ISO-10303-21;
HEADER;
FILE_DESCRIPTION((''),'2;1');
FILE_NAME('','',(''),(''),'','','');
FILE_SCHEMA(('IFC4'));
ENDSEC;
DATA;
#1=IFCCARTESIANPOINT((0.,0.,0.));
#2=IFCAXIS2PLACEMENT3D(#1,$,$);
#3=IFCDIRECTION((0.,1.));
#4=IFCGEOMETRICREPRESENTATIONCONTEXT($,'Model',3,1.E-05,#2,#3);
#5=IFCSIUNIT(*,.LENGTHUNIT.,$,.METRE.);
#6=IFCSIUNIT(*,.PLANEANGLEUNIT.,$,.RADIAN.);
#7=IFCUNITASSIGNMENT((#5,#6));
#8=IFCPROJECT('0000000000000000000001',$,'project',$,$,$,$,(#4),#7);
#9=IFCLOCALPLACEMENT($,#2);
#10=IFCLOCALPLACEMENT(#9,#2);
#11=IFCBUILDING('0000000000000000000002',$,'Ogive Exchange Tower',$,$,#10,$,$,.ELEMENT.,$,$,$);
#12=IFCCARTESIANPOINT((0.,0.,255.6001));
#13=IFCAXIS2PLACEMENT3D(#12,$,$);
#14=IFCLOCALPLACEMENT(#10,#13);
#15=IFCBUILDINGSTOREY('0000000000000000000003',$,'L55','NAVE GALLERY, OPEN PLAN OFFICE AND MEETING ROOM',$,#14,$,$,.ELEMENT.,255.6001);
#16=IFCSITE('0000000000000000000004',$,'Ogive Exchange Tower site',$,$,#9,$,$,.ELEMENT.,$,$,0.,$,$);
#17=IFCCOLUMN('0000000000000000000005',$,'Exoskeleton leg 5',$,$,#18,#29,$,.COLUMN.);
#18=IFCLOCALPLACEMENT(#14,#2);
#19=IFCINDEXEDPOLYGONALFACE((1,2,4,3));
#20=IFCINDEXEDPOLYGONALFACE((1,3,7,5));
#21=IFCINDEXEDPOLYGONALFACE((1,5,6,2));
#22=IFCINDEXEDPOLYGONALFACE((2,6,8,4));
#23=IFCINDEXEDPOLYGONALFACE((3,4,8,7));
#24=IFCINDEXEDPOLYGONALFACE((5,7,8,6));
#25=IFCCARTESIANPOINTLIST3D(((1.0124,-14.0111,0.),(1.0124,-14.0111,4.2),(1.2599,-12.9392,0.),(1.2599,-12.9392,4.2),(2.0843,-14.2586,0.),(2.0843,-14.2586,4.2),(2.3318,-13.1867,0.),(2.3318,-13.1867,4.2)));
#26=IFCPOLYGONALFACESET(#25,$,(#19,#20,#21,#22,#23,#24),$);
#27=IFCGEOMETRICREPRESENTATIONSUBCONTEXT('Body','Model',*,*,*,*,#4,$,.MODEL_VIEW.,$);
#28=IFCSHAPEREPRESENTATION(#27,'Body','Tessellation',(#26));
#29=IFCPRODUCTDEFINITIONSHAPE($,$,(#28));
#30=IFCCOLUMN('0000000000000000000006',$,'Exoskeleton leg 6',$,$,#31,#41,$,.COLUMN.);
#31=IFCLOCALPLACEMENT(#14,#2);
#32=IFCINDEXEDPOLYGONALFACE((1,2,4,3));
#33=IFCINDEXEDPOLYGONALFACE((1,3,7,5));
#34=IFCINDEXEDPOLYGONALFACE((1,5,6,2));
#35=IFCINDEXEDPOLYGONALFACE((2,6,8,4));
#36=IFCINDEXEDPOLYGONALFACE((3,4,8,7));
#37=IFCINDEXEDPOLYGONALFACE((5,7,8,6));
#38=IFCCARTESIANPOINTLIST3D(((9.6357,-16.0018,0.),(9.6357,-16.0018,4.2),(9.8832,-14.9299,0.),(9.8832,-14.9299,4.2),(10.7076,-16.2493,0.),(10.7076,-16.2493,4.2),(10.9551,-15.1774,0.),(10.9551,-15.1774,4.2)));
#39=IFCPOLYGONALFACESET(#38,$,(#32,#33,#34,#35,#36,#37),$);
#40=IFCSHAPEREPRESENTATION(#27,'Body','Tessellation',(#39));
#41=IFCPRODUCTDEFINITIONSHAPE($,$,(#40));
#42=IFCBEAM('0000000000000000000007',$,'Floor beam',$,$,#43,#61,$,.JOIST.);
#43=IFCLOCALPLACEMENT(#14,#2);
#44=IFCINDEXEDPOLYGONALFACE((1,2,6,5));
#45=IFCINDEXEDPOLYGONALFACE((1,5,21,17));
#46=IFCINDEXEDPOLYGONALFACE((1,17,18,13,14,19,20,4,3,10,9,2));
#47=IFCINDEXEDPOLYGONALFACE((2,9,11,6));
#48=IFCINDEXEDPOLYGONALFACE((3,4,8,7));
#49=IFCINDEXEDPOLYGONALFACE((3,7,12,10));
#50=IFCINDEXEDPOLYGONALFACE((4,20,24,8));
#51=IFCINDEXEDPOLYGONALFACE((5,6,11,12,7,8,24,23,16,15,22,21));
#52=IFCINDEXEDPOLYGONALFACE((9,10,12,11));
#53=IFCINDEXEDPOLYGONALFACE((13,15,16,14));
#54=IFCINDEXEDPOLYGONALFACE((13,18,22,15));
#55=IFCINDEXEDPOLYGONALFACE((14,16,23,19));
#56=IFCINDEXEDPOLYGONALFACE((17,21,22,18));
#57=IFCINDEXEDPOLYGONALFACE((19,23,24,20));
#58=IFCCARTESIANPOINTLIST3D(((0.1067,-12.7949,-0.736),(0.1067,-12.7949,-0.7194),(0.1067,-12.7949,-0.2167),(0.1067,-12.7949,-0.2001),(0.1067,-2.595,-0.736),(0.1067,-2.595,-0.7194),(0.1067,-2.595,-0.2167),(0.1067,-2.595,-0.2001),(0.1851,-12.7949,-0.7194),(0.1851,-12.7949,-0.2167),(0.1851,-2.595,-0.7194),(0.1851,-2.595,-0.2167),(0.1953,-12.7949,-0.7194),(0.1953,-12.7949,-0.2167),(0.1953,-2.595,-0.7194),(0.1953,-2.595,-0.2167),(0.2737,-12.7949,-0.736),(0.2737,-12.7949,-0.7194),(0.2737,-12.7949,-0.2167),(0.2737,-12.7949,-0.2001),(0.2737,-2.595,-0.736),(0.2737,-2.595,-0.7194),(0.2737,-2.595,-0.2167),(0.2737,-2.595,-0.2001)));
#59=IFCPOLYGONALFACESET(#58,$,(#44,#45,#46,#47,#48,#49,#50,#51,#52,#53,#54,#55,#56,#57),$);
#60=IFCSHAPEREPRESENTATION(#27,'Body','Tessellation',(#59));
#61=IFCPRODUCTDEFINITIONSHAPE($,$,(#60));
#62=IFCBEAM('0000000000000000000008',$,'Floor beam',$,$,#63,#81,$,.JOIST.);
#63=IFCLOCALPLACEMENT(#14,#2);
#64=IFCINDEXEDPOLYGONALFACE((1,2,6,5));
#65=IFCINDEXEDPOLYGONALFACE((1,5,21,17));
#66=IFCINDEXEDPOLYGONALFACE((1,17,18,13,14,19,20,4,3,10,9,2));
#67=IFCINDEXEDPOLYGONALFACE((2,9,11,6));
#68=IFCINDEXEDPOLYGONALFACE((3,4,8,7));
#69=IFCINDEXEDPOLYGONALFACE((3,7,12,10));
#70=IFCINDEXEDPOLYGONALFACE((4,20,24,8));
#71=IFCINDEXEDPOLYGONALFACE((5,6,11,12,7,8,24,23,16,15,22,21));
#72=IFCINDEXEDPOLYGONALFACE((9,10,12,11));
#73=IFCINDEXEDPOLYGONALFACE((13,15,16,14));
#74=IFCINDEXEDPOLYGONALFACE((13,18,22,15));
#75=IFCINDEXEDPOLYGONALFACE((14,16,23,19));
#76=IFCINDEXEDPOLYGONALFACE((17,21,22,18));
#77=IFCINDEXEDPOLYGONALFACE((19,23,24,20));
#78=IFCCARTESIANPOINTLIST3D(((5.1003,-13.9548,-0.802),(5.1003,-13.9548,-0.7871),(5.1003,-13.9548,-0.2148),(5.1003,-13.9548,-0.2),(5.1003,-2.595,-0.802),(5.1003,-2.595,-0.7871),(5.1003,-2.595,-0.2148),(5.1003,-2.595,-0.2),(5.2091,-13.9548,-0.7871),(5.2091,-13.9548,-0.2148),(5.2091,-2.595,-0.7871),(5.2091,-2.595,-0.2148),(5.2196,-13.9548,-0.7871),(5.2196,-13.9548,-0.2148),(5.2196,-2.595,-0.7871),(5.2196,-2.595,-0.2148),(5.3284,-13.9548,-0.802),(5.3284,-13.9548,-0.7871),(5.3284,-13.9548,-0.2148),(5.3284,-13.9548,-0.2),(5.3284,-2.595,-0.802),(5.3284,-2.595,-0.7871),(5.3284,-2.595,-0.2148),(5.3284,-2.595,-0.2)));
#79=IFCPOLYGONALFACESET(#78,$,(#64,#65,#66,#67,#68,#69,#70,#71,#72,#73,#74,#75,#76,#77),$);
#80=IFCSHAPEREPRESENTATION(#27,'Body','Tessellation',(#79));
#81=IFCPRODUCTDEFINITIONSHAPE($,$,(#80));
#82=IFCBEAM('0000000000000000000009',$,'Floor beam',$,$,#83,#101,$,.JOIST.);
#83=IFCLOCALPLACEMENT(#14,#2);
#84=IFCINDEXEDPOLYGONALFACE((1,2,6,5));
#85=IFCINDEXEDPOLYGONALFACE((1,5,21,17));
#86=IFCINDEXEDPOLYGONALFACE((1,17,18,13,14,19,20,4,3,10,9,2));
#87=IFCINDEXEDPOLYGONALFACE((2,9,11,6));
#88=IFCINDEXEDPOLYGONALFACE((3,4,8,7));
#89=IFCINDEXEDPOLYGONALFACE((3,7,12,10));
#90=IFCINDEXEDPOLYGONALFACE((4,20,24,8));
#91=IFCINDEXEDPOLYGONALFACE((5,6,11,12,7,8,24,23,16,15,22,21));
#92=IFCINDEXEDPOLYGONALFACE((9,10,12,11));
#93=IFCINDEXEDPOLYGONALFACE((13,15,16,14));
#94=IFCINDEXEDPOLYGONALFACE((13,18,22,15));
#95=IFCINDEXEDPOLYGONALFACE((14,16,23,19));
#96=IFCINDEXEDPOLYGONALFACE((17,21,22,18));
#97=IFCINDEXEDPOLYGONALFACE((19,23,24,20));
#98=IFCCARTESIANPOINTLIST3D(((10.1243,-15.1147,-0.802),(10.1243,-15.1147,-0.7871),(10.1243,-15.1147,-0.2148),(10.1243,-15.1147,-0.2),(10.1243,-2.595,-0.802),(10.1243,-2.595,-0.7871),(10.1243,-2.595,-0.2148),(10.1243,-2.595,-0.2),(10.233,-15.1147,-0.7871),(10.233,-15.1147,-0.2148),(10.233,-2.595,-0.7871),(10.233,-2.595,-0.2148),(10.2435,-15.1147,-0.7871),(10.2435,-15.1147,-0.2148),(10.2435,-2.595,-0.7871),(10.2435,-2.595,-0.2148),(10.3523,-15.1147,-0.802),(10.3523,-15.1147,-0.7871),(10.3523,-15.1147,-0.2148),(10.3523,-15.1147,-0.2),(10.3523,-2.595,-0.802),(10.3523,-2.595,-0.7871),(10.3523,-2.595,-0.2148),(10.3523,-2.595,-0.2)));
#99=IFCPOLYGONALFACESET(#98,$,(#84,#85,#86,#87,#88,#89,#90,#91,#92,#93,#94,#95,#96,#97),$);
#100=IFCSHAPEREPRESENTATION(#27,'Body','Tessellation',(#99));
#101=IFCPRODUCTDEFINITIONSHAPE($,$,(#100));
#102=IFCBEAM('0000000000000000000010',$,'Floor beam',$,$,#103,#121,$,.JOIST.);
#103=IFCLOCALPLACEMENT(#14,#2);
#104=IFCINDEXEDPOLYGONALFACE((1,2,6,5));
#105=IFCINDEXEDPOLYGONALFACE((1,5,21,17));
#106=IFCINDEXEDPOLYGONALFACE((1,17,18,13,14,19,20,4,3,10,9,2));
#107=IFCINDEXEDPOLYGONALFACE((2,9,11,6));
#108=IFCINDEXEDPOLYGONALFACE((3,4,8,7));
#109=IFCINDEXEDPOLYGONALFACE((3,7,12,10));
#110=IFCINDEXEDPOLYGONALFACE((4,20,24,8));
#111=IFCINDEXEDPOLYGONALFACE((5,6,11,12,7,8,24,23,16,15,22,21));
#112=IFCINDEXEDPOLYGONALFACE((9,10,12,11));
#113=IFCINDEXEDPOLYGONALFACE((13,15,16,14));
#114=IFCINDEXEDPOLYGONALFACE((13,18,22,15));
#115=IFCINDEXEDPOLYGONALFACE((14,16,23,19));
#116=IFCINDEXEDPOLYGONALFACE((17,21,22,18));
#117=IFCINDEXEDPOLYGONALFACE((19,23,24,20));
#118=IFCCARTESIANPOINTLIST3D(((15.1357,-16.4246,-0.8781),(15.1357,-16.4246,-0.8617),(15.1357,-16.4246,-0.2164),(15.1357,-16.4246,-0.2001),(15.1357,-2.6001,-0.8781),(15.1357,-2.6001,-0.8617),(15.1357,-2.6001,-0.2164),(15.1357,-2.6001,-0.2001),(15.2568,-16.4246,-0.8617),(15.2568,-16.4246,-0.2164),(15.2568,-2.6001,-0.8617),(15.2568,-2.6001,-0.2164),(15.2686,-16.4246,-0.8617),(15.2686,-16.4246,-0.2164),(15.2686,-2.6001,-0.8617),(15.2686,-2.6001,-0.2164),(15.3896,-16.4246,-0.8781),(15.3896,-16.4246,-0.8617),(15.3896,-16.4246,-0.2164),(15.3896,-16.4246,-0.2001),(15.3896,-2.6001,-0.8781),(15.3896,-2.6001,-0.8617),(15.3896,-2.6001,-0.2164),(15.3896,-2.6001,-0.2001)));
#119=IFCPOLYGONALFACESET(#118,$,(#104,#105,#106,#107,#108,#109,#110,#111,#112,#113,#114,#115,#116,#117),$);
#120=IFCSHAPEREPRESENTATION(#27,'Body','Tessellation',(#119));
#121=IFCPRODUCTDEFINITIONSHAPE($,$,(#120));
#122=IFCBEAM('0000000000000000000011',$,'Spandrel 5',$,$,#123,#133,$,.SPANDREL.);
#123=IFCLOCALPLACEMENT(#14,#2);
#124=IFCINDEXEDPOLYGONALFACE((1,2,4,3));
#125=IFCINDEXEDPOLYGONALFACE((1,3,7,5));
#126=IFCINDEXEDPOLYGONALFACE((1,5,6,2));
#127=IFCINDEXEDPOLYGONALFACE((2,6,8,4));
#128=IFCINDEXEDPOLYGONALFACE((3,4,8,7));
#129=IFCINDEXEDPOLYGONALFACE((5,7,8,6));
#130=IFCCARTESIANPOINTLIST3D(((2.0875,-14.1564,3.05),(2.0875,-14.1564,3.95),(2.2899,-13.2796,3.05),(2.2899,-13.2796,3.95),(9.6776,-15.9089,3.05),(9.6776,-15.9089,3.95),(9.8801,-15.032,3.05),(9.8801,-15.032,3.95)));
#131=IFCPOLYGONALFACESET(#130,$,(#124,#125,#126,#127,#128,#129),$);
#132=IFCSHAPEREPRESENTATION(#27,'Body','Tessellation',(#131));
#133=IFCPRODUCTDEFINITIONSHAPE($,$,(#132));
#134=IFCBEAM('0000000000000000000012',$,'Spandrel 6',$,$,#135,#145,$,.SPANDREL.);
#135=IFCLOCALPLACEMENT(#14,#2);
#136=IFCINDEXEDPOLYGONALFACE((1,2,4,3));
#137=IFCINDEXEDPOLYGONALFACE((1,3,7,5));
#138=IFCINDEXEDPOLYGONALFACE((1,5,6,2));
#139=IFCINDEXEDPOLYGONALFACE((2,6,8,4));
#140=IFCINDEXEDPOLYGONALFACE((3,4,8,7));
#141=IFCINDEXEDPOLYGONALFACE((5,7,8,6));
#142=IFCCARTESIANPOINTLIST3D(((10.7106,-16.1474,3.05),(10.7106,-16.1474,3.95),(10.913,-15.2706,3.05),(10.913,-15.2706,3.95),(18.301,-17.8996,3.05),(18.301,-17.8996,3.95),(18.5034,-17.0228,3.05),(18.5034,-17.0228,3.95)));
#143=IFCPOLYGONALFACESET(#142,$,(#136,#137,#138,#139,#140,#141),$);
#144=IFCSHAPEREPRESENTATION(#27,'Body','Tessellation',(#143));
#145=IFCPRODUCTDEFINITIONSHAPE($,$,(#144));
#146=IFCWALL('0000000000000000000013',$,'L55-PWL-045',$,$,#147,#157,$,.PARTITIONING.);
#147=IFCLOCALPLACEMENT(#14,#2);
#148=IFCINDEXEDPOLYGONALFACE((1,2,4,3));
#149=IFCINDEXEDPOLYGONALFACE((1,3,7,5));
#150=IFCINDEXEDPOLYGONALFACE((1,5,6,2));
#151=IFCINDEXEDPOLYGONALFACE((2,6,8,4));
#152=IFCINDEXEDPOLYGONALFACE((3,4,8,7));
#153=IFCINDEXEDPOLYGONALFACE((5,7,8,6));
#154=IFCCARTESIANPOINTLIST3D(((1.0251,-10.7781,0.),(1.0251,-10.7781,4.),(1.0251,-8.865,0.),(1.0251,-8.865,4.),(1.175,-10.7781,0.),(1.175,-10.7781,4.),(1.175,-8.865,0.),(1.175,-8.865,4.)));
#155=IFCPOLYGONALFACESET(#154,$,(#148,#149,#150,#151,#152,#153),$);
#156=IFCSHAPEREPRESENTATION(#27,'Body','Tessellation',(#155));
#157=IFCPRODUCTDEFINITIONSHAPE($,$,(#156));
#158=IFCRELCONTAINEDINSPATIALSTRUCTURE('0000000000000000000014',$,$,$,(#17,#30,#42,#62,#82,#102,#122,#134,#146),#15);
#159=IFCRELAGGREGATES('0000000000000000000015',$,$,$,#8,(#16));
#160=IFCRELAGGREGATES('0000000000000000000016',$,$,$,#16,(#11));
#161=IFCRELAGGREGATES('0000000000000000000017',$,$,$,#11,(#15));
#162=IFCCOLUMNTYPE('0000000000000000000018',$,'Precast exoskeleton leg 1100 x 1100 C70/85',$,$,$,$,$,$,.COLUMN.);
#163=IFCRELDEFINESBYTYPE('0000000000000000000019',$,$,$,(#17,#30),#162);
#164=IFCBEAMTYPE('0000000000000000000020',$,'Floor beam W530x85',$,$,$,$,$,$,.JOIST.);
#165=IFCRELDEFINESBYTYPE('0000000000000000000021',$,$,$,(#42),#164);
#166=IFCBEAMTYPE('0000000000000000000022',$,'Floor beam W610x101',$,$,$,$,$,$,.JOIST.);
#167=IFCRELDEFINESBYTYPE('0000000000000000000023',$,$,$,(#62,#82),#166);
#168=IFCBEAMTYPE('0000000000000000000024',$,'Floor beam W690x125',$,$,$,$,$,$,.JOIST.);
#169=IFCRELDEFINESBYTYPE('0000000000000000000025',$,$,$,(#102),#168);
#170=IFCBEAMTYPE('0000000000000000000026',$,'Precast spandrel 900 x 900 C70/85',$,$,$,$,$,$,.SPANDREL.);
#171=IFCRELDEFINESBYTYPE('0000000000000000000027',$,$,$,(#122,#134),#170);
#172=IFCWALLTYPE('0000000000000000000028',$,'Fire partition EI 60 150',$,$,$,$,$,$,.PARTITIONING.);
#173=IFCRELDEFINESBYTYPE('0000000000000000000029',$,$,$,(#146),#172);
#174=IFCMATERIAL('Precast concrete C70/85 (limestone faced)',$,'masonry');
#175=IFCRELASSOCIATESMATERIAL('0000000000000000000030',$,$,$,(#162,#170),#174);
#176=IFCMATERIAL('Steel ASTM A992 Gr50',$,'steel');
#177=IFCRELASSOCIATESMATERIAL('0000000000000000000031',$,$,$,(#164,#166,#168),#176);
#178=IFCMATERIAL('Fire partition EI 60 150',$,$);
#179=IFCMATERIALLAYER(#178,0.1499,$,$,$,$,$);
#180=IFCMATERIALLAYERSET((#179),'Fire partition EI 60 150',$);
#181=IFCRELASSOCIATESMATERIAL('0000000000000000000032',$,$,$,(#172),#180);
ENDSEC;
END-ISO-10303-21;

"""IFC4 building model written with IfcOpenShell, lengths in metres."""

from ifc_helpers import new_model, si_unit, direction, frame, frame_2d, origin, origin_2d, place, context, subcontext, project, spatial, rectangle, i_section, extrude, material, layer, layer_set, material_profile, profile_set, type_object, element, save


model = new_model("IFC4")

# Units and contexts
model_context = context("Model", 3, precision=1e-05, world=origin(), true_north=direction((0.0, 1.0)))
body_context = subcontext(model_context, "Body", "Model", "MODEL_VIEW")
ifc_project = project(units=[si_unit("LENGTHUNIT", "METRE"), si_unit("PLANEANGLEUNIT", "RADIAN")], contexts=[model_context])

# Site, building, storey
site_placement = place(None, origin())
site = spatial("IfcSite", under=ifc_project, at=site_placement, Name="Ogive Exchange Tower site", CompositionType="ELEMENT", RefElevation=0.0)
building_placement = place(site_placement, origin())
building = spatial("IfcBuilding", under=site, at=building_placement, Name="Ogive Exchange Tower", CompositionType="ELEMENT")
storey_placement = place(building_placement, frame((0.0, 0.0, 255.6001)))
storey = spatial("IfcBuildingStorey", under=building, at=storey_placement, Name="L55", Description="NAVE GALLERY, OPEN PLAN OFFICE AND MEETING ROOM", CompositionType="ELEMENT", Elevation=255.6001)

# Columns
ifc_material_1 = material(Name="Precast concrete C70/85 (limestone faced)", Category="masonry")
ifc_material_profile_1 = material_profile(ifc_material_1, rectangle(XDim=1.1001, YDim=1.1001, at=origin_2d()), Name="1100 x 1100")
ifc_profile_set_1 = profile_set([ifc_material_profile_1], Name="Precast concrete C70/85 (limestone faced)")
column_type = type_object("IfcColumnType", Name="Precast exoskeleton leg 1100 x 1100 C70/85", PredefinedType="COLUMN", material=ifc_profile_set_1)
for number, where, z_axis, x_axis, name in (
    (1, (1.6721, -13.5989, 0.0), (0.0, 0.0, 1.0), (0.97437, -0.224951, 0.0), "Exoskeleton leg 5"),
    (2, (10.2954, -15.5896, 0.0), (0.0, 0.0, 1.0), (0.97437, -0.224951, 0.0), "Exoskeleton leg 6"),
):
    element("IfcColumn", number, at=place(storey_placement, frame(where, z_axis=z_axis, x_axis=x_axis)), inside=storey, type_object=column_type, Name=name, PredefinedType="COLUMN", context=body_context, shape_type="SweptSolid", body=[
        extrude(rectangle(XDim=1.1001, YDim=1.1001, at=origin_2d()), origin(), (0.0, 0.0, 1.0), 4.2),
    ])

# Beams
ifc_material_2 = material(Name="Steel ASTM A992 Gr50", Category="steel")
ifc_material_profile_2 = material_profile(ifc_material_2, i_section(OverallWidth=0.167, OverallDepth=0.5359, WebThickness=0.0103, FlangeThickness=0.0166, at=origin_2d()), Name="W530x85")
ifc_profile_set_2 = profile_set([ifc_material_profile_2], Name="Steel ASTM A992 Gr50")
beam_type_1 = type_object("IfcBeamType", Name="Floor beam W530x85", PredefinedType="JOIST", material=ifc_profile_set_2)
beam_1_placement = place(storey_placement, frame((0.1902, -12.7949, -0.468), z_axis=(0.0, 1.0, 0.0), x_axis=(-1.0, 0.0, 0.0)))
element("IfcBeam", 3, at=beam_1_placement, inside=storey, type_object=beam_type_1, Name="Floor beam", PredefinedType="JOIST", context=body_context, shape_type="SweptSolid", body=[
    extrude(i_section(OverallWidth=0.167, OverallDepth=0.5359, WebThickness=0.0103, FlangeThickness=0.0166, at=origin_2d()), origin(), (0.0, 0.0, 1.0), 10.2),
])
ifc_material_profile_3 = material_profile(ifc_material_2, i_section(OverallWidth=0.228, OverallDepth=0.6021, WebThickness=0.0105, FlangeThickness=0.0149, at=origin_2d()), Name="W610x101")
ifc_profile_set_3 = profile_set([ifc_material_profile_3], Name="Steel ASTM A992 Gr50")
beam_type_2 = type_object("IfcBeamType", Name="Floor beam W610x101", PredefinedType="JOIST", material=ifc_profile_set_3)
beam_2_placement = place(storey_placement, frame((5.2144, -13.9548, -0.501), z_axis=(0.0, 1.0, 0.0), x_axis=(-1.0, 0.0, 0.0)))
element("IfcBeam", 4, at=beam_2_placement, inside=storey, type_object=beam_type_2, Name="Floor beam", PredefinedType="JOIST", context=body_context, shape_type="SweptSolid", body=[
    extrude(i_section(OverallWidth=0.228, OverallDepth=0.6021, WebThickness=0.0105, FlangeThickness=0.0149, at=origin_2d()), origin(), (0.0, 0.0, 1.0), 11.3599),
])
beam_3_placement = place(storey_placement, frame((10.2383, -15.1147, -0.501), z_axis=(0.0, 1.0, 0.0), x_axis=(-1.0, 0.0, 0.0)))
element("IfcBeam", 5, at=beam_3_placement, inside=storey, type_object=beam_type_2, Name="Floor beam", PredefinedType="JOIST", context=body_context, shape_type="SweptSolid", body=[
    extrude(i_section(OverallWidth=0.228, OverallDepth=0.6021, WebThickness=0.0105, FlangeThickness=0.0149, at=origin_2d()), origin(), (0.0, 0.0, 1.0), 12.5198),
])
ifc_material_profile_4 = material_profile(ifc_material_2, i_section(OverallWidth=0.2539, OverallDepth=0.678, WebThickness=0.0117, FlangeThickness=0.0164, at=origin_2d()), Name="W690x125")
ifc_profile_set_4 = profile_set([ifc_material_profile_4], Name="Steel ASTM A992 Gr50")
beam_type_3 = type_object("IfcBeamType", Name="Floor beam W690x125", PredefinedType="JOIST", material=ifc_profile_set_4)
beam_4_placement = place(storey_placement, frame((15.2627, -16.4246, -0.5391), z_axis=(0.0, 1.0, 0.0), x_axis=(-1.0, 0.0, 0.0)))
element("IfcBeam", 6, at=beam_4_placement, inside=storey, type_object=beam_type_3, Name="Floor beam", PredefinedType="JOIST", context=body_context, shape_type="SweptSolid", body=[
    extrude(i_section(OverallWidth=0.2539, OverallDepth=0.678, WebThickness=0.0117, FlangeThickness=0.0164, at=origin_2d()), origin(), (0.0, 0.0, 1.0), 13.8245),
])
ifc_material_profile_5 = material_profile(ifc_material_1, rectangle(XDim=0.8999, YDim=0.8999, at=origin_2d()), Name="900 x 900")
ifc_profile_set_5 = profile_set([ifc_material_profile_5], Name="Precast concrete C70/85 (limestone faced)")
beam_type_4 = type_object("IfcBeamType", Name="Precast spandrel 900 x 900 C70/85", PredefinedType="SPANDREL", material=ifc_profile_set_5)
beam_5_placement = place(storey_placement, frame((2.1887, -13.718, 3.5), z_axis=(0.974366, -0.224967, 0.0), x_axis=(0.224967, 0.974366, 0.0)))
element("IfcBeam", 7, at=beam_5_placement, inside=storey, type_object=beam_type_4, Name="Spandrel 5", PredefinedType="SPANDREL", context=body_context, shape_type="SweptSolid", body=[
    extrude(rectangle(XDim=0.8999, YDim=0.8999, at=origin_2d()), origin(), (0.0, 0.0, 1.0), 7.7898),
])
beam_6_placement = place(storey_placement, frame((10.8118, -15.709, 3.5), z_axis=(0.974375, -0.22493, 0.0), x_axis=(0.22493, 0.974375, 0.0)))
element("IfcBeam", 8, at=beam_6_placement, inside=storey, type_object=beam_type_4, Name="Spandrel 6", PredefinedType="SPANDREL", context=body_context, shape_type="SweptSolid", body=[
    extrude(rectangle(XDim=0.8999, YDim=0.8999, at=origin_2d()), origin(), (0.0, 0.0, 1.0), 7.79),
])

# Wall
ifc_material_3 = material(Name="Fire partition EI 60 150")
ifc_layer_1 = layer(ifc_material_3, 0.1499)
ifc_layer_set_1 = layer_set([ifc_layer_1], Name="Fire partition EI 60 150")
wall_type_1 = type_object("IfcWallType", Name="Fire partition EI 60 150", PredefinedType="PARTITIONING", material=ifc_layer_set_1)
wall_1_placement = place(storey_placement, frame((1.1001, -8.865, 0.0), z_axis=(0.0, 0.0, 1.0), x_axis=(0.0, -1.0, 0.0)))
element("IfcWall", 9, at=wall_1_placement, inside=storey, type_object=wall_type_1, Name="L55-PWL-045", PredefinedType="PARTITIONING", context=body_context, shape_type="SweptSolid", body=[
    extrude(rectangle(XDim=1.9131, YDim=0.1499, at=frame_2d((0.9565, 0.0))), origin(), (0.0, 0.0, 1.0), 4.0),
])

save(model, "model.ifc")
